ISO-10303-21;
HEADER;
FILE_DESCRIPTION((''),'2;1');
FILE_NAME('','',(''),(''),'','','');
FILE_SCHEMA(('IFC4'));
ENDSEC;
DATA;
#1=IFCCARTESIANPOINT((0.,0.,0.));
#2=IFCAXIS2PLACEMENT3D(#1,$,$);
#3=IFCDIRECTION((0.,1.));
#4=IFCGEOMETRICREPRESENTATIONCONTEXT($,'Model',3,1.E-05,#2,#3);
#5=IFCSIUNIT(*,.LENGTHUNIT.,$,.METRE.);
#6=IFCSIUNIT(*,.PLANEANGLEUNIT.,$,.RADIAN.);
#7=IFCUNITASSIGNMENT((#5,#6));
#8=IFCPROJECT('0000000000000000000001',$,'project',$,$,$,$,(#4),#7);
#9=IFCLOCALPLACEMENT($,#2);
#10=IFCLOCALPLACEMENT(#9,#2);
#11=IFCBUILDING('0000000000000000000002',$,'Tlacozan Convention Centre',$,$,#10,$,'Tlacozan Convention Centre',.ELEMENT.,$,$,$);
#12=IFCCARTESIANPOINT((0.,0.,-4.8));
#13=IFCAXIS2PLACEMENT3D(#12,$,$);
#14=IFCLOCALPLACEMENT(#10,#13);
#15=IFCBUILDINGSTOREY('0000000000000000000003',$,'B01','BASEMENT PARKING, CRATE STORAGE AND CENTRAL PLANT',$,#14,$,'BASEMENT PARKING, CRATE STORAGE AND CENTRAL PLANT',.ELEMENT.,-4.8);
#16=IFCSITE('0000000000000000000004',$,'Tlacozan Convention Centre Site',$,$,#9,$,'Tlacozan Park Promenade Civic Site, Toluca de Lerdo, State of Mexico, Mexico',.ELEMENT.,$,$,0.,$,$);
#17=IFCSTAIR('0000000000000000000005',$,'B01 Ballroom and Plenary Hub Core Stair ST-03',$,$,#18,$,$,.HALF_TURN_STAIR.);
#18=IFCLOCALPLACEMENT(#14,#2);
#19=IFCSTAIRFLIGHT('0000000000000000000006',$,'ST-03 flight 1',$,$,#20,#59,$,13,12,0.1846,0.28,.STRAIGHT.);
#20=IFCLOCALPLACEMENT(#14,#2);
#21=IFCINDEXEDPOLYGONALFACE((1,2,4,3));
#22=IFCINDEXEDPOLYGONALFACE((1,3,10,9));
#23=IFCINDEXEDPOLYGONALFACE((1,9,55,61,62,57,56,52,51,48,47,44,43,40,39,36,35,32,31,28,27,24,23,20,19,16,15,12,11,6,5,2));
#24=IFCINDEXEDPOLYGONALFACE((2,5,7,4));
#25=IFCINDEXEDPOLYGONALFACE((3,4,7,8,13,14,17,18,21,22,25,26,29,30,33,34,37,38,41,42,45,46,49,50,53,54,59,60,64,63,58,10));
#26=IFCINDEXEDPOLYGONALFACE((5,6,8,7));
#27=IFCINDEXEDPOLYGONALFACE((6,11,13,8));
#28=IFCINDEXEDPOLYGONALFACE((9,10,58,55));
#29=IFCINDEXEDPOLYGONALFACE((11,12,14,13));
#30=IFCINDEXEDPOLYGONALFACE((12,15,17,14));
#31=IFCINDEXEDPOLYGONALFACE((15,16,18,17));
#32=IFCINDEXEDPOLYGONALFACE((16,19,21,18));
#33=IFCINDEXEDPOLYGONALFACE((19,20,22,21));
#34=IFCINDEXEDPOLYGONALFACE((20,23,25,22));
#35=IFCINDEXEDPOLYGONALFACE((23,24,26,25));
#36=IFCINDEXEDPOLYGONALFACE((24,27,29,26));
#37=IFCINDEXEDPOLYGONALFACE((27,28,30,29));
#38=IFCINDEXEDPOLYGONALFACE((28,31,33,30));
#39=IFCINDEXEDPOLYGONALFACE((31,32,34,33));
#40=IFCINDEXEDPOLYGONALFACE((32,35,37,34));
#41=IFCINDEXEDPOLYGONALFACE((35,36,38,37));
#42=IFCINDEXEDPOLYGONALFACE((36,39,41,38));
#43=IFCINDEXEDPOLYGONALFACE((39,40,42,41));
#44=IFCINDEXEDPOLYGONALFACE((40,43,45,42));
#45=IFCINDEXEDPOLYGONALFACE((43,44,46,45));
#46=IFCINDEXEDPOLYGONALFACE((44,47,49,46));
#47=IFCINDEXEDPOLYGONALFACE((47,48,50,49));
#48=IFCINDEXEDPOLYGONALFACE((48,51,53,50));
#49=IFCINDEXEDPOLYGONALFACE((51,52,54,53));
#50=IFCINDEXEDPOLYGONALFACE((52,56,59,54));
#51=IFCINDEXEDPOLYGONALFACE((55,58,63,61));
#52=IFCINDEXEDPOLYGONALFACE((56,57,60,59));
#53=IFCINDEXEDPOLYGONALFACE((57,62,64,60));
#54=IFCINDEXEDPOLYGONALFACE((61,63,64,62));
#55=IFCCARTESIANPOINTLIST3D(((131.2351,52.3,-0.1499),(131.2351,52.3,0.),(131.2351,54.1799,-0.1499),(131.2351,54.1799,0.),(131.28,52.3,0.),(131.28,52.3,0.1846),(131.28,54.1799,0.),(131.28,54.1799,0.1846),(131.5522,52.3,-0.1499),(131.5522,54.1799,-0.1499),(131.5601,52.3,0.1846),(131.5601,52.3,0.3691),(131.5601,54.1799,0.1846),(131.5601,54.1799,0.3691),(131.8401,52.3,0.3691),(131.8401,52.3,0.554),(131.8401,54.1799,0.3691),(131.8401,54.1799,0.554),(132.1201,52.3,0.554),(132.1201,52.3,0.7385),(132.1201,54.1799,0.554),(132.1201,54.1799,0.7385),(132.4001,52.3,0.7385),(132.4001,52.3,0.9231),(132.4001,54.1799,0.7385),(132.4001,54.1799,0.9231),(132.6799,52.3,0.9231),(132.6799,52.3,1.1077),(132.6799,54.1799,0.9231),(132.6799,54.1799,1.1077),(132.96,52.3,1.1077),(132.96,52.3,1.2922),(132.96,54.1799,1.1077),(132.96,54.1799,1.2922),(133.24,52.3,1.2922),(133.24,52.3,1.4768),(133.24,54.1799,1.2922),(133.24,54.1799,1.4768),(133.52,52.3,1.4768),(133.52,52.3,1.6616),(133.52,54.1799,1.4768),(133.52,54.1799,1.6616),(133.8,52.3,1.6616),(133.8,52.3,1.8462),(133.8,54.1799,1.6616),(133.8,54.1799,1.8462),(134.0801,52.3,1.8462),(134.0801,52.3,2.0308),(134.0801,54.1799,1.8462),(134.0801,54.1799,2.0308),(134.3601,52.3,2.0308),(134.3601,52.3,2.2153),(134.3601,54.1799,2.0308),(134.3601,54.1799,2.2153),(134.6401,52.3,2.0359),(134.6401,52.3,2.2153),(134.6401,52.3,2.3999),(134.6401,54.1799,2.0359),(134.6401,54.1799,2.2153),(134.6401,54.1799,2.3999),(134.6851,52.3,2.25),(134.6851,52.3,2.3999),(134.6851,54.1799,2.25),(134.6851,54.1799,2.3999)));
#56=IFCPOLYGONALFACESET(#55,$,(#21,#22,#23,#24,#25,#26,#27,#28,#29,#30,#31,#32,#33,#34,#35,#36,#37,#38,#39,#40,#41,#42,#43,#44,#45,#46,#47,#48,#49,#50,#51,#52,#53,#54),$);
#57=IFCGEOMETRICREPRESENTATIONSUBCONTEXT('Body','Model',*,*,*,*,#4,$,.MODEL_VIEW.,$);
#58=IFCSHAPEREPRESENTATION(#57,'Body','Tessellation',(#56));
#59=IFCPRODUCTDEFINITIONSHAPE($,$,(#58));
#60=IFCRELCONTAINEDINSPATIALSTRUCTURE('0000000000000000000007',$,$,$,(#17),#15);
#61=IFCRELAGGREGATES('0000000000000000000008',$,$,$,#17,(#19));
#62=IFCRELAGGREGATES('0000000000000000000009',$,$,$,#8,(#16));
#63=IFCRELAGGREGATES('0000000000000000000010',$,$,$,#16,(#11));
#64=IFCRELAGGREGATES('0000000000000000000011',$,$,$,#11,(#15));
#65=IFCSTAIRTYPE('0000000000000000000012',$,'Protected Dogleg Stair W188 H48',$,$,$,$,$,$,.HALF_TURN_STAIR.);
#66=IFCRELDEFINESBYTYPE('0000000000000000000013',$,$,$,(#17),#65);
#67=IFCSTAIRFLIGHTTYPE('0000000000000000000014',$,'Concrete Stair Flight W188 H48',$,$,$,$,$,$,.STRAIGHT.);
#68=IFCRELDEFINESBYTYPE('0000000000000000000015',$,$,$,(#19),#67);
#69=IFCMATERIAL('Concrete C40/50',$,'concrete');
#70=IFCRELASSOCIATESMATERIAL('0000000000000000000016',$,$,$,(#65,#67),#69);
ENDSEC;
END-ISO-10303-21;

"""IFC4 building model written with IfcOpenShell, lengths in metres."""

from ifc_helpers import new_model, si_unit, direction, frame, origin, place, context, subcontext, project, spatial, polyline, outline, extrude, material, type_object, element, aggregate, save


model = new_model("IFC4")

# Units and contexts
model_context = context("Model", 3, precision=1e-05, world=origin(), true_north=direction((0.0, 1.0)))
body_context = subcontext(model_context, "Body", "Model", "MODEL_VIEW")
ifc_project = project(units=[si_unit("LENGTHUNIT", "METRE"), si_unit("PLANEANGLEUNIT", "RADIAN")], contexts=[model_context])

# Site, building, storey
site_placement = place(None, origin())
site = spatial("IfcSite", under=ifc_project, at=site_placement, Name="Tlacozan Convention Centre Site", LongName="Tlacozan Park Promenade Civic Site, Toluca de Lerdo, State of Mexico, Mexico", CompositionType="ELEMENT", RefElevation=0.0)
building_placement = place(site_placement, origin())
building = spatial("IfcBuilding", under=site, at=building_placement, Name="Tlacozan Convention Centre", LongName="Tlacozan Convention Centre", CompositionType="ELEMENT")
storey_placement = place(building_placement, frame((0.0, 0.0, -4.8)))
storey = spatial("IfcBuildingStorey", under=building, at=storey_placement, Name="B01", Description="BASEMENT PARKING, CRATE STORAGE AND CENTRAL PLANT", LongName="BASEMENT PARKING, CRATE STORAGE AND CENTRAL PLANT", CompositionType="ELEMENT", Elevation=-4.8)

# Shared definitions
ifc_material_1 = material(Name="Concrete C40/50", Category="concrete")

# Stair, stair flight
stair_type = type_object("IfcStairType", Name="Protected Dogleg Stair W188 H48", PredefinedType="HALF_TURN_STAIR", material=ifc_material_1)
stair_placement = place(storey_placement, origin())
stair = element("IfcStair", 1, at=stair_placement, inside=storey, type_object=stair_type, Name="B01 Ballroom and Plenary Hub Core Stair ST-03", PredefinedType="HALF_TURN_STAIR")
stair_flight_type = type_object("IfcStairFlightType", Name="Concrete Stair Flight W188 H48", PredefinedType="STRAIGHT", material=ifc_material_1)
stair_flight_placement = place(storey_placement, frame((131.28, 53.24, 0.0), z_axis=(0.0, 0.0, 1.0), x_axis=(1.0, 0.0, 0.0)))
stair_flight = element("IfcStairFlight", 2, at=stair_flight_placement, type_object=stair_flight_type, Name="ST-03 flight 1", NumberOfRisers=13, NumberOfTreads=12, PredefinedType="STRAIGHT", RiserHeight=0.1846, TreadLength=0.28, context=body_context, shape_type="SweptSolid", body=[
    extrude(outline(polyline([(-0.0449, -0.1499), (-0.0449, 0.0), (0.0, 0.0), (0.0, 0.1846), (0.28, 0.1846), (0.28, 0.3691), (0.5601, 0.3691), (0.5601, 0.554), (0.8401, 0.554), (0.8401, 0.7385), (1.1201, 0.7385), (1.1201, 0.9231), (1.3999, 0.9231), (1.3999, 1.1077), (1.6799, 1.1077), (1.6799, 1.2922), (1.96, 1.2922), (1.96, 1.4768), (2.24, 1.4768), (2.24, 1.6616), (2.52, 1.6616), (2.52, 1.8462), (2.8, 1.8462), (2.8, 2.0308), (3.0801, 2.0308), (3.0801, 2.2153), (3.3601, 2.2153), (3.3601, 2.3999), (3.405, 2.3999), (3.405, 2.25), (3.3601, 2.0359), (0.2722, -0.1499), (-0.0449, -0.1499)])), frame((0.0, 0.9399, 0.0), z_axis=(0.0, -1.0, 0.0), x_axis=(1.0, 0.0, 0.0)), (0.0, 0.0, 1.0), 1.8799),
])
aggregate(stair, [stair_flight])

save(model, "model.ifc")
